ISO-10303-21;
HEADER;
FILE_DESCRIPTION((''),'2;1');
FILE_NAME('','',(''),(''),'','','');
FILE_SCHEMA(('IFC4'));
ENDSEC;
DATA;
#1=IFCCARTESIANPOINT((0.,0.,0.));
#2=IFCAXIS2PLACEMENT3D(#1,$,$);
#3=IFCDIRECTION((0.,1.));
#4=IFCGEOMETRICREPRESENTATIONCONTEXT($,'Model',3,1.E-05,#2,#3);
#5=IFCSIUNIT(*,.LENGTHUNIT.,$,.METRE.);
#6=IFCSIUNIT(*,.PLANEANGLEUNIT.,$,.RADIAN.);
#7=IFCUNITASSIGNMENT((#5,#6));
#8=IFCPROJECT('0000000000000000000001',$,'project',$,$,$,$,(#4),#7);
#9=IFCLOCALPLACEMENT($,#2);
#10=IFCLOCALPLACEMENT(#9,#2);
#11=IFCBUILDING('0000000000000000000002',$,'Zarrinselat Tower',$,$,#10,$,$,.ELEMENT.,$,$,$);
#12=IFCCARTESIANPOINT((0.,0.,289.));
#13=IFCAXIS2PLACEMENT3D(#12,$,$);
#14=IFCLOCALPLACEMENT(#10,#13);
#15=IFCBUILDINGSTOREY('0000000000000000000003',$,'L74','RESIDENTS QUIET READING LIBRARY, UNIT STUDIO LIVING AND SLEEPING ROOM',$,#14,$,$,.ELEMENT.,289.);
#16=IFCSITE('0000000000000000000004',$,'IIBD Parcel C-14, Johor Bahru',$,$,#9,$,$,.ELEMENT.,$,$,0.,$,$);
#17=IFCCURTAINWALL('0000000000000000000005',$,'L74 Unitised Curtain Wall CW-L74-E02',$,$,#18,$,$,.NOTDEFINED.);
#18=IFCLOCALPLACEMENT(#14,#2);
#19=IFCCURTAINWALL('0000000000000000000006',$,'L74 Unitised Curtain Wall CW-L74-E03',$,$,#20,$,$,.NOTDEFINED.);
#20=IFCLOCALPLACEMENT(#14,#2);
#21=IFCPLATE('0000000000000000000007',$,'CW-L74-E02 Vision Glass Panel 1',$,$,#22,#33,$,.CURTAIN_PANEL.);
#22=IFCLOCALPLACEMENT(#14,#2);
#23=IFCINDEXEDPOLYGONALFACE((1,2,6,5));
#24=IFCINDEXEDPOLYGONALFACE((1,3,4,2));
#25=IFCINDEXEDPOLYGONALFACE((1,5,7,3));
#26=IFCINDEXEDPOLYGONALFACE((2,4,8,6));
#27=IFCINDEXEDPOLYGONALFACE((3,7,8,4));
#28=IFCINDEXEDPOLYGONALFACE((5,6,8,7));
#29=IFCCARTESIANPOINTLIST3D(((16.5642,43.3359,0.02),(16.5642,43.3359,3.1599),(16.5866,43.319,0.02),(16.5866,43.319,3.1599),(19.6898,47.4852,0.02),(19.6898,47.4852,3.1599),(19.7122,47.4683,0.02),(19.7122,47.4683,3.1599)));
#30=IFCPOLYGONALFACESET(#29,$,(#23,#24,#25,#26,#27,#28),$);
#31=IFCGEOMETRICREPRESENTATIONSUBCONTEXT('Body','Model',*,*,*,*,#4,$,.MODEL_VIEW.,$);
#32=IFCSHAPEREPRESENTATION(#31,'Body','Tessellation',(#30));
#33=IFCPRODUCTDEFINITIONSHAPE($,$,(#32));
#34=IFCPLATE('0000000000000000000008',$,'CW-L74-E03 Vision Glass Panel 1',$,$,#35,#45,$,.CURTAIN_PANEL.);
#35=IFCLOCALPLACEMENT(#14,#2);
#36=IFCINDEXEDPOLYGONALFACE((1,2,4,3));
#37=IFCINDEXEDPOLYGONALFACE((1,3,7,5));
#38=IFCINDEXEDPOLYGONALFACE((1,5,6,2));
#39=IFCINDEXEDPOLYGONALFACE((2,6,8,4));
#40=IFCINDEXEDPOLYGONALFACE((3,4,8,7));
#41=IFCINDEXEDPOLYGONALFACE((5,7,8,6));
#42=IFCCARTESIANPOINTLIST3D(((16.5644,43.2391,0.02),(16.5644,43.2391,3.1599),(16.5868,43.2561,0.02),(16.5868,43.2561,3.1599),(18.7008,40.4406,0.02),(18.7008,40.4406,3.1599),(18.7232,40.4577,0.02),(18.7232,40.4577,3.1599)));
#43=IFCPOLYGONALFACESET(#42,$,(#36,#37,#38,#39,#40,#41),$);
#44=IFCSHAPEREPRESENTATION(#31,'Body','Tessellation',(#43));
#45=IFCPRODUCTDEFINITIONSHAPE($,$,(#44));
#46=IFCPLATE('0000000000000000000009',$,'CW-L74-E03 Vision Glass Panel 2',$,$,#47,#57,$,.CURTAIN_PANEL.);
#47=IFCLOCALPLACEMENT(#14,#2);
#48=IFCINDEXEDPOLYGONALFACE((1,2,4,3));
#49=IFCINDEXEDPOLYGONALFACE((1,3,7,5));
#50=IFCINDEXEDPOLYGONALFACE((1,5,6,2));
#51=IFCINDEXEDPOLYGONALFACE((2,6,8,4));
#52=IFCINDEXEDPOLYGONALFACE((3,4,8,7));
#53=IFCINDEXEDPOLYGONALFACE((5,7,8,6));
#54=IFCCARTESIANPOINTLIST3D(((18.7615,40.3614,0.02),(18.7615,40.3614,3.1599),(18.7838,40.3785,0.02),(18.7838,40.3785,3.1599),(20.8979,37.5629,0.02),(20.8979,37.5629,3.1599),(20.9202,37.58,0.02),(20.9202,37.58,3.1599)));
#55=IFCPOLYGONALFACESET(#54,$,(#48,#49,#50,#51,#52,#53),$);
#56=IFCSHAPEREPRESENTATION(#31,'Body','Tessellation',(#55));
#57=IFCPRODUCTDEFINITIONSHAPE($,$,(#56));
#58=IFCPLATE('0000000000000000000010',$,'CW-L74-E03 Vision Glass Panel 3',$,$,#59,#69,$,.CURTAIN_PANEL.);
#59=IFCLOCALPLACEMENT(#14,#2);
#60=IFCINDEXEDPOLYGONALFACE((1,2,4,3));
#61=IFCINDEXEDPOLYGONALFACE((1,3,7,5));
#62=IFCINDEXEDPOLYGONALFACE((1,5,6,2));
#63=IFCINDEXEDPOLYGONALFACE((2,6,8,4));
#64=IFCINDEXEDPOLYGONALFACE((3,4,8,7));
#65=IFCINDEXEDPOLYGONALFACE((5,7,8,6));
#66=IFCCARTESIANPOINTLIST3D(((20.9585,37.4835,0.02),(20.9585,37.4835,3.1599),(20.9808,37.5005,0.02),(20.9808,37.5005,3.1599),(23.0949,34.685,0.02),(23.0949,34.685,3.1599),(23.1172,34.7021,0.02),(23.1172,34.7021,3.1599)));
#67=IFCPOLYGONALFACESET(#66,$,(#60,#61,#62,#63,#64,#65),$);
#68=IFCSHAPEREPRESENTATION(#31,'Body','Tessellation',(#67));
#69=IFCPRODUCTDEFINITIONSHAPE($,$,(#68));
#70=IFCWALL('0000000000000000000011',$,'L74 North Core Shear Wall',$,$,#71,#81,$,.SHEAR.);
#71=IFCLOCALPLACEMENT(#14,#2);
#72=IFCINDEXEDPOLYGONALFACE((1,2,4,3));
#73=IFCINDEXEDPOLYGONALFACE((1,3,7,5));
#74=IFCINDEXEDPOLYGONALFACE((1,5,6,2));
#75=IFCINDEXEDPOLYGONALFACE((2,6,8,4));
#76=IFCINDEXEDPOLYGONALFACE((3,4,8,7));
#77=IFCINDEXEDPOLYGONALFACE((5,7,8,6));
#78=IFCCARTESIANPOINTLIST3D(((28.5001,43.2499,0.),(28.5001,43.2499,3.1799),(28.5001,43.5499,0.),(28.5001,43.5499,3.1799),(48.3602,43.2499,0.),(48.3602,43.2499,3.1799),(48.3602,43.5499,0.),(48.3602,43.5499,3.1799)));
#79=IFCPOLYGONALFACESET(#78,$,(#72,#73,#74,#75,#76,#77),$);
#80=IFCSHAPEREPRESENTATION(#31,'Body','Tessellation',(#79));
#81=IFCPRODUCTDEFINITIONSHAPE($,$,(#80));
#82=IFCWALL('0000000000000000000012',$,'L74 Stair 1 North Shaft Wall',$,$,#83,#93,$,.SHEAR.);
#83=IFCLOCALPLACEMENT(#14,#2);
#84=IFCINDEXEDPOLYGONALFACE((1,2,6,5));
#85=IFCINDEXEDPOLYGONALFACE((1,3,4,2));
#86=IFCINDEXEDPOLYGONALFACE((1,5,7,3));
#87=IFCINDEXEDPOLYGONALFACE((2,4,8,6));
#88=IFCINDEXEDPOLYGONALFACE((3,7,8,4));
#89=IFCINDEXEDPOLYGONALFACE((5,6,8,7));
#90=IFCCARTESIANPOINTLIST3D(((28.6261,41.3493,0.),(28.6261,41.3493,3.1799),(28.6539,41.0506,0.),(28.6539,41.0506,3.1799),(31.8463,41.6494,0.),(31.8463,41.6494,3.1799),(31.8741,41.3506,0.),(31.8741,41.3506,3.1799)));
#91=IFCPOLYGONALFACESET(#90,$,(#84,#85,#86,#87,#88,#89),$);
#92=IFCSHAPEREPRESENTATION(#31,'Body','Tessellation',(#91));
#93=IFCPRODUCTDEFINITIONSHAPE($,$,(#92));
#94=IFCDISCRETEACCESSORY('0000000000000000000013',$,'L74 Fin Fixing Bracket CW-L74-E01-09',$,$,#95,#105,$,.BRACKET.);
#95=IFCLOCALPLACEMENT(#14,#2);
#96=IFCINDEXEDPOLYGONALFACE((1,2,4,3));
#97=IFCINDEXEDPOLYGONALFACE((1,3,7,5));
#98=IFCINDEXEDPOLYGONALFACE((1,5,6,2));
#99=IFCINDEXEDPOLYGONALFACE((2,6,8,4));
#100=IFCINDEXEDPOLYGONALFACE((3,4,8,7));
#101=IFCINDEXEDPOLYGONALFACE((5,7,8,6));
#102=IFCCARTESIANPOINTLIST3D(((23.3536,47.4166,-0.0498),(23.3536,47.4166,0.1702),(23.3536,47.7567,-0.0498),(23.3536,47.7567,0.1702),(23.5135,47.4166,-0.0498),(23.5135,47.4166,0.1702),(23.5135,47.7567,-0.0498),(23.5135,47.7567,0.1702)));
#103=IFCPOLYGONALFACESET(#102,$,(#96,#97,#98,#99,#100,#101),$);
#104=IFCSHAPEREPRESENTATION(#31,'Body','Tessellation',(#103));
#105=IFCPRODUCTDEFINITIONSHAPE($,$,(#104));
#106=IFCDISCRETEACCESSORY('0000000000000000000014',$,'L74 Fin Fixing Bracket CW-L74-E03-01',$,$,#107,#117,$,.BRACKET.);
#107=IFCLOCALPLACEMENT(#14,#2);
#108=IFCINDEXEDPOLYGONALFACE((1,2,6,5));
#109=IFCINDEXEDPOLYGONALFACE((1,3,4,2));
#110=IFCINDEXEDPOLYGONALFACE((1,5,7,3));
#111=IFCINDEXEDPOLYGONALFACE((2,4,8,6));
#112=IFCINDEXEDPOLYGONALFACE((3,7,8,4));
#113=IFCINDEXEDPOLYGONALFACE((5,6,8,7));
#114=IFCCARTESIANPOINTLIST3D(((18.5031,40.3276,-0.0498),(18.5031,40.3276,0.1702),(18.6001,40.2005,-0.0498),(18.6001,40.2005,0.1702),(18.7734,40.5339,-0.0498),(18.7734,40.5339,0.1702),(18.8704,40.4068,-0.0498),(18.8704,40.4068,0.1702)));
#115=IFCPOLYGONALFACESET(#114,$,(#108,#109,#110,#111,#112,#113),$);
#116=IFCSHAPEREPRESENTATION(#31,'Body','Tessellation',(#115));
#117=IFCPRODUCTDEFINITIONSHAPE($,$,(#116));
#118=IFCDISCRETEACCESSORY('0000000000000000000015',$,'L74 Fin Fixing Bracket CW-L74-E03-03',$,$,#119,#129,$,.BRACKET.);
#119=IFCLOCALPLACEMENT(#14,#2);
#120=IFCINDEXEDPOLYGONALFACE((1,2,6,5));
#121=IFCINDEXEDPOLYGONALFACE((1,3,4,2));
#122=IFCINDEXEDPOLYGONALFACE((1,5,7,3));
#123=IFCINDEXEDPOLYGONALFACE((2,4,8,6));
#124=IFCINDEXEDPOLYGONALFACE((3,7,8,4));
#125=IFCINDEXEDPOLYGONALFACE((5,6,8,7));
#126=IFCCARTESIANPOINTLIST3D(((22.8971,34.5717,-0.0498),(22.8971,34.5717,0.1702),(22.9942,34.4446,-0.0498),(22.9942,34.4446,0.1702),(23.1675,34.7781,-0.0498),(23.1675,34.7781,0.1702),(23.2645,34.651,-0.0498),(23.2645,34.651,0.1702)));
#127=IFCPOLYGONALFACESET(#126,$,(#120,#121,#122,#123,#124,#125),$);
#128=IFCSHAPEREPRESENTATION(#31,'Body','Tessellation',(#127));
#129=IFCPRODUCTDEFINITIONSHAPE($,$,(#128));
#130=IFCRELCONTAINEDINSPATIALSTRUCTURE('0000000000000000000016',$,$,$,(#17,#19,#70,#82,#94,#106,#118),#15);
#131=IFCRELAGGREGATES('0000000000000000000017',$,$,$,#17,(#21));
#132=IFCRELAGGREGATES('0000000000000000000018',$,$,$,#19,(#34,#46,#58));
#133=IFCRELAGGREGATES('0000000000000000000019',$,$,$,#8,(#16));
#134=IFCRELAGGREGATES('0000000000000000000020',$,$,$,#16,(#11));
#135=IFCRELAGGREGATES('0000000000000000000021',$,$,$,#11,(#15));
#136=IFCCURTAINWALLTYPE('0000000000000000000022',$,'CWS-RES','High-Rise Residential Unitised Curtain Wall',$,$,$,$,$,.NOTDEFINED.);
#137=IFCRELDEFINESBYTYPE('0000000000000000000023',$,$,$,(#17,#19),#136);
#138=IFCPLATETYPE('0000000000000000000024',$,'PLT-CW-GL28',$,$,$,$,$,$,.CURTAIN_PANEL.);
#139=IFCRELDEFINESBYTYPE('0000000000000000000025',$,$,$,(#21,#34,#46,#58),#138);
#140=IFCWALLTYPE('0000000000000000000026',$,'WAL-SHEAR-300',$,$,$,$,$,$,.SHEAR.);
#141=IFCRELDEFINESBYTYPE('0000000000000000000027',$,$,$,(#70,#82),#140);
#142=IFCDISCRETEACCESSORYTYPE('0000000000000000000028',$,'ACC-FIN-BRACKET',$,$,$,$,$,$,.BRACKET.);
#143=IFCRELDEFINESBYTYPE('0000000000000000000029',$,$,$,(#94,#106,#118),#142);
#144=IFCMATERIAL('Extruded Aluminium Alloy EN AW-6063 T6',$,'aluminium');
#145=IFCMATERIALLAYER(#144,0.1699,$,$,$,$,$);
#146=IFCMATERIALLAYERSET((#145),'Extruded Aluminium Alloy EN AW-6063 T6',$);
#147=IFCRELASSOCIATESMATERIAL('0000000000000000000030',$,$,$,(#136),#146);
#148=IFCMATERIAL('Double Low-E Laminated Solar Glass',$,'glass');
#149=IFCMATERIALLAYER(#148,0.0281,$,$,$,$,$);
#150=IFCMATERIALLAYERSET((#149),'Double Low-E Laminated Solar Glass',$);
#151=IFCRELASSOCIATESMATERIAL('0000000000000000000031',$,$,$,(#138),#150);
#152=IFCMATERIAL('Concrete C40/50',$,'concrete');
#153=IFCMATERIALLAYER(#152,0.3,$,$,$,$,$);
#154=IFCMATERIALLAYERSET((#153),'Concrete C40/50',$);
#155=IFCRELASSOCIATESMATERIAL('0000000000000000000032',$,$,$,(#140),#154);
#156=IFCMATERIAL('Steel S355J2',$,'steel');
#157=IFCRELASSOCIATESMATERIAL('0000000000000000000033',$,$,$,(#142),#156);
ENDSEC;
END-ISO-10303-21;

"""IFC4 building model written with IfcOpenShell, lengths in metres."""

from ifc_helpers import new_model, si_unit, direction, frame, frame_2d, origin, origin_2d, place, context, subcontext, project, spatial, rectangle, extrude, material, layer, layer_set, type_object, element, aggregate, save


model = new_model("IFC4")

# Units and contexts
model_context = context("Model", 3, precision=1e-05, world=origin(), true_north=direction((0.0, 1.0)))
body_context = subcontext(model_context, "Body", "Model", "MODEL_VIEW")
ifc_project = project(units=[si_unit("LENGTHUNIT", "METRE"), si_unit("PLANEANGLEUNIT", "RADIAN")], contexts=[model_context])

# Site, building, storey
site_placement = place(None, origin())
site = spatial("IfcSite", under=ifc_project, at=site_placement, Name="IIBD Parcel C-14, Johor Bahru", CompositionType="ELEMENT", RefElevation=0.0)
building_placement = place(site_placement, origin())
building = spatial("IfcBuilding", under=site, at=building_placement, Name="Zarrinselat Tower", CompositionType="ELEMENT")
storey_placement = place(building_placement, frame((0.0, 0.0, 289.0)))
storey = spatial("IfcBuildingStorey", under=building, at=storey_placement, Name="L74", Description="RESIDENTS QUIET READING LIBRARY, UNIT STUDIO LIVING AND SLEEPING ROOM", CompositionType="ELEMENT", Elevation=289.0)

# Shared definitions
ifc_material_1 = material(Name="Extruded Aluminium Alloy EN AW-6063 T6", Category="aluminium")
ifc_layer_1 = layer(ifc_material_1, 0.1699)
ifc_layer_set_1 = layer_set([ifc_layer_1], Name="Extruded Aluminium Alloy EN AW-6063 T6")
curtain_wall_type = type_object("IfcCurtainWallType", Name="CWS-RES", Description="High-Rise Residential Unitised Curtain Wall", PredefinedType="NOTDEFINED", material=ifc_layer_set_1)

# Curtain wall
curtain_wall_1_placement = place(storey_placement, origin())
curtain_wall_1 = element("IfcCurtainWall", 1, at=curtain_wall_1_placement, inside=storey, type_object=curtain_wall_type, Name="L74 Unitised Curtain Wall CW-L74-E02", PredefinedType="NOTDEFINED")

# Curtain wall
curtain_wall_2_placement = place(storey_placement, origin())
curtain_wall_2 = element("IfcCurtainWall", 2, at=curtain_wall_2_placement, inside=storey, type_object=curtain_wall_type, Name="L74 Unitised Curtain Wall CW-L74-E03", PredefinedType="NOTDEFINED")

# Plates
ifc_material_2 = material(Name="Double Low-E Laminated Solar Glass", Category="glass")
ifc_layer_2 = layer(ifc_material_2, 0.0281)
ifc_layer_set_2 = layer_set([ifc_layer_2], Name="Double Low-E Laminated Solar Glass")
plate_type = type_object("IfcPlateType", Name="PLT-CW-GL28", PredefinedType="CURTAIN_PANEL", material=ifc_layer_set_2)
plate_1_placement = place(storey_placement, frame((18.1382, 45.4021, 0.02), z_axis=(0.0, 0.0, 1.0), x_axis=(-0.601679, -0.798738, 0.0)))
plate_1 = element("IfcPlate", 3, at=plate_1_placement, type_object=plate_type, Name="CW-L74-E02 Vision Glass Panel 1", PredefinedType="CURTAIN_PANEL", context=body_context, shape_type="SweptSolid", body=[
    extrude(rectangle(XDim=5.1948, YDim=0.0281, at=origin_2d()), origin(), (0.0, 0.0, 1.0), 3.1399),
])
aggregate(curtain_wall_1, [plate_1])
plate_2_placement = place(storey_placement, frame((17.6438, 41.8484, 0.02), z_axis=(0.0, 0.0, 1.0), x_axis=(0.606802, -0.794853, 0.0)))
plate_2 = element("IfcPlate", 4, at=plate_2_placement, type_object=plate_type, Name="CW-L74-E03 Vision Glass Panel 1", PredefinedType="CURTAIN_PANEL", context=body_context, shape_type="SweptSolid", body=[
    extrude(rectangle(XDim=3.5208, YDim=0.0281, at=origin_2d()), origin(), (0.0, 0.0, 1.0), 3.1399),
])
plate_3_placement = place(storey_placement, frame((19.8408, 38.9707, 0.02), z_axis=(0.0, 0.0, 1.0), x_axis=(0.606802, -0.794853, 0.0)))
plate_3 = element("IfcPlate", 5, at=plate_3_placement, type_object=plate_type, Name="CW-L74-E03 Vision Glass Panel 2", PredefinedType="CURTAIN_PANEL", context=body_context, shape_type="SweptSolid", body=[
    extrude(rectangle(XDim=3.5208, YDim=0.0281, at=origin_2d()), origin(), (0.0, 0.0, 1.0), 3.1399),
])
plate_4_placement = place(storey_placement, frame((22.0378, 36.0928, 0.02), z_axis=(0.0, 0.0, 1.0), x_axis=(0.606802, -0.794853, 0.0)))
plate_4 = element("IfcPlate", 6, at=plate_4_placement, type_object=plate_type, Name="CW-L74-E03 Vision Glass Panel 3", PredefinedType="CURTAIN_PANEL", context=body_context, shape_type="SweptSolid", body=[
    extrude(rectangle(XDim=3.5208, YDim=0.0281, at=origin_2d()), origin(), (0.0, 0.0, 1.0), 3.1399),
])
aggregate(curtain_wall_2, [plate_2, plate_3, plate_4])

# Walls
ifc_material_3 = material(Name="Concrete C40/50", Category="concrete")
ifc_layer_3 = layer(ifc_material_3, 0.3)
ifc_layer_set_3 = layer_set([ifc_layer_3], Name="Concrete C40/50")
wall_type = type_object("IfcWallType", Name="WAL-SHEAR-300", PredefinedType="SHEAR", material=ifc_layer_set_3)
wall_1_placement = place(storey_placement, frame((28.5, 43.3999, 0.0), z_axis=(0.0, 0.0, 1.0), x_axis=(1.0, 0.0, 0.0)))
element("IfcWall", 7, at=wall_1_placement, inside=storey, type_object=wall_type, Name="L74 North Core Shear Wall", PredefinedType="SHEAR", context=body_context, shape_type="SweptSolid", body=[
    extrude(rectangle(XDim=19.8601, YDim=0.3, at=frame_2d((9.9302, 0.0))), origin(), (0.0, 0.0, 1.0), 3.1799),
])
wall_2_placement = place(storey_placement, frame((28.6399, 41.2, 0.0), z_axis=(0.0, 0.0, 1.0), x_axis=(0.995687, 0.092775, 0.0)))
element("IfcWall", 8, at=wall_2_placement, inside=storey, type_object=wall_type, Name="L74 Stair 1 North Shaft Wall", PredefinedType="SHEAR", context=body_context, shape_type="SweptSolid", body=[
    extrude(rectangle(XDim=3.2341, YDim=0.3, at=frame_2d((1.6172, 0.0))), origin(), (0.0, 0.0, 1.0), 3.1799),
])

# Discrete accessories
ifc_material_4 = material(Name="Steel S355J2", Category="steel")
discrete_accessory_type = type_object("IfcDiscreteAccessoryType", Name="ACC-FIN-BRACKET", PredefinedType="BRACKET", material=ifc_material_4)
for number, where, z_axis, x_axis, name in (
    (9, (23.4336, 47.5867, -0.0498), (0.0, 0.0, 1.0), (0.0, 1.0, 0.0), "L74 Fin Fixing Bracket CW-L74-E01-09"),
    (10, (18.6868, 40.3672, -0.0498), (0.0, 0.0, 1.0), (-0.794853, -0.606802, 0.0), "L74 Fin Fixing Bracket CW-L74-E03-01"),
    (11, (23.0808, 34.6113, -0.0498), (0.0, 0.0, 1.0), (-0.794853, -0.606802, 0.0), "L74 Fin Fixing Bracket CW-L74-E03-03"),
):
    element("IfcDiscreteAccessory", number, at=place(storey_placement, frame(where, z_axis=z_axis, x_axis=x_axis)), inside=storey, type_object=discrete_accessory_type, Name=name, PredefinedType="BRACKET", context=body_context, shape_type="SweptSolid", body=[
        extrude(rectangle(XDim=0.3401, YDim=0.1599, at=origin_2d()), origin(), (0.0, 0.0, 1.0), 0.22),
    ])

save(model, "model.ifc")
